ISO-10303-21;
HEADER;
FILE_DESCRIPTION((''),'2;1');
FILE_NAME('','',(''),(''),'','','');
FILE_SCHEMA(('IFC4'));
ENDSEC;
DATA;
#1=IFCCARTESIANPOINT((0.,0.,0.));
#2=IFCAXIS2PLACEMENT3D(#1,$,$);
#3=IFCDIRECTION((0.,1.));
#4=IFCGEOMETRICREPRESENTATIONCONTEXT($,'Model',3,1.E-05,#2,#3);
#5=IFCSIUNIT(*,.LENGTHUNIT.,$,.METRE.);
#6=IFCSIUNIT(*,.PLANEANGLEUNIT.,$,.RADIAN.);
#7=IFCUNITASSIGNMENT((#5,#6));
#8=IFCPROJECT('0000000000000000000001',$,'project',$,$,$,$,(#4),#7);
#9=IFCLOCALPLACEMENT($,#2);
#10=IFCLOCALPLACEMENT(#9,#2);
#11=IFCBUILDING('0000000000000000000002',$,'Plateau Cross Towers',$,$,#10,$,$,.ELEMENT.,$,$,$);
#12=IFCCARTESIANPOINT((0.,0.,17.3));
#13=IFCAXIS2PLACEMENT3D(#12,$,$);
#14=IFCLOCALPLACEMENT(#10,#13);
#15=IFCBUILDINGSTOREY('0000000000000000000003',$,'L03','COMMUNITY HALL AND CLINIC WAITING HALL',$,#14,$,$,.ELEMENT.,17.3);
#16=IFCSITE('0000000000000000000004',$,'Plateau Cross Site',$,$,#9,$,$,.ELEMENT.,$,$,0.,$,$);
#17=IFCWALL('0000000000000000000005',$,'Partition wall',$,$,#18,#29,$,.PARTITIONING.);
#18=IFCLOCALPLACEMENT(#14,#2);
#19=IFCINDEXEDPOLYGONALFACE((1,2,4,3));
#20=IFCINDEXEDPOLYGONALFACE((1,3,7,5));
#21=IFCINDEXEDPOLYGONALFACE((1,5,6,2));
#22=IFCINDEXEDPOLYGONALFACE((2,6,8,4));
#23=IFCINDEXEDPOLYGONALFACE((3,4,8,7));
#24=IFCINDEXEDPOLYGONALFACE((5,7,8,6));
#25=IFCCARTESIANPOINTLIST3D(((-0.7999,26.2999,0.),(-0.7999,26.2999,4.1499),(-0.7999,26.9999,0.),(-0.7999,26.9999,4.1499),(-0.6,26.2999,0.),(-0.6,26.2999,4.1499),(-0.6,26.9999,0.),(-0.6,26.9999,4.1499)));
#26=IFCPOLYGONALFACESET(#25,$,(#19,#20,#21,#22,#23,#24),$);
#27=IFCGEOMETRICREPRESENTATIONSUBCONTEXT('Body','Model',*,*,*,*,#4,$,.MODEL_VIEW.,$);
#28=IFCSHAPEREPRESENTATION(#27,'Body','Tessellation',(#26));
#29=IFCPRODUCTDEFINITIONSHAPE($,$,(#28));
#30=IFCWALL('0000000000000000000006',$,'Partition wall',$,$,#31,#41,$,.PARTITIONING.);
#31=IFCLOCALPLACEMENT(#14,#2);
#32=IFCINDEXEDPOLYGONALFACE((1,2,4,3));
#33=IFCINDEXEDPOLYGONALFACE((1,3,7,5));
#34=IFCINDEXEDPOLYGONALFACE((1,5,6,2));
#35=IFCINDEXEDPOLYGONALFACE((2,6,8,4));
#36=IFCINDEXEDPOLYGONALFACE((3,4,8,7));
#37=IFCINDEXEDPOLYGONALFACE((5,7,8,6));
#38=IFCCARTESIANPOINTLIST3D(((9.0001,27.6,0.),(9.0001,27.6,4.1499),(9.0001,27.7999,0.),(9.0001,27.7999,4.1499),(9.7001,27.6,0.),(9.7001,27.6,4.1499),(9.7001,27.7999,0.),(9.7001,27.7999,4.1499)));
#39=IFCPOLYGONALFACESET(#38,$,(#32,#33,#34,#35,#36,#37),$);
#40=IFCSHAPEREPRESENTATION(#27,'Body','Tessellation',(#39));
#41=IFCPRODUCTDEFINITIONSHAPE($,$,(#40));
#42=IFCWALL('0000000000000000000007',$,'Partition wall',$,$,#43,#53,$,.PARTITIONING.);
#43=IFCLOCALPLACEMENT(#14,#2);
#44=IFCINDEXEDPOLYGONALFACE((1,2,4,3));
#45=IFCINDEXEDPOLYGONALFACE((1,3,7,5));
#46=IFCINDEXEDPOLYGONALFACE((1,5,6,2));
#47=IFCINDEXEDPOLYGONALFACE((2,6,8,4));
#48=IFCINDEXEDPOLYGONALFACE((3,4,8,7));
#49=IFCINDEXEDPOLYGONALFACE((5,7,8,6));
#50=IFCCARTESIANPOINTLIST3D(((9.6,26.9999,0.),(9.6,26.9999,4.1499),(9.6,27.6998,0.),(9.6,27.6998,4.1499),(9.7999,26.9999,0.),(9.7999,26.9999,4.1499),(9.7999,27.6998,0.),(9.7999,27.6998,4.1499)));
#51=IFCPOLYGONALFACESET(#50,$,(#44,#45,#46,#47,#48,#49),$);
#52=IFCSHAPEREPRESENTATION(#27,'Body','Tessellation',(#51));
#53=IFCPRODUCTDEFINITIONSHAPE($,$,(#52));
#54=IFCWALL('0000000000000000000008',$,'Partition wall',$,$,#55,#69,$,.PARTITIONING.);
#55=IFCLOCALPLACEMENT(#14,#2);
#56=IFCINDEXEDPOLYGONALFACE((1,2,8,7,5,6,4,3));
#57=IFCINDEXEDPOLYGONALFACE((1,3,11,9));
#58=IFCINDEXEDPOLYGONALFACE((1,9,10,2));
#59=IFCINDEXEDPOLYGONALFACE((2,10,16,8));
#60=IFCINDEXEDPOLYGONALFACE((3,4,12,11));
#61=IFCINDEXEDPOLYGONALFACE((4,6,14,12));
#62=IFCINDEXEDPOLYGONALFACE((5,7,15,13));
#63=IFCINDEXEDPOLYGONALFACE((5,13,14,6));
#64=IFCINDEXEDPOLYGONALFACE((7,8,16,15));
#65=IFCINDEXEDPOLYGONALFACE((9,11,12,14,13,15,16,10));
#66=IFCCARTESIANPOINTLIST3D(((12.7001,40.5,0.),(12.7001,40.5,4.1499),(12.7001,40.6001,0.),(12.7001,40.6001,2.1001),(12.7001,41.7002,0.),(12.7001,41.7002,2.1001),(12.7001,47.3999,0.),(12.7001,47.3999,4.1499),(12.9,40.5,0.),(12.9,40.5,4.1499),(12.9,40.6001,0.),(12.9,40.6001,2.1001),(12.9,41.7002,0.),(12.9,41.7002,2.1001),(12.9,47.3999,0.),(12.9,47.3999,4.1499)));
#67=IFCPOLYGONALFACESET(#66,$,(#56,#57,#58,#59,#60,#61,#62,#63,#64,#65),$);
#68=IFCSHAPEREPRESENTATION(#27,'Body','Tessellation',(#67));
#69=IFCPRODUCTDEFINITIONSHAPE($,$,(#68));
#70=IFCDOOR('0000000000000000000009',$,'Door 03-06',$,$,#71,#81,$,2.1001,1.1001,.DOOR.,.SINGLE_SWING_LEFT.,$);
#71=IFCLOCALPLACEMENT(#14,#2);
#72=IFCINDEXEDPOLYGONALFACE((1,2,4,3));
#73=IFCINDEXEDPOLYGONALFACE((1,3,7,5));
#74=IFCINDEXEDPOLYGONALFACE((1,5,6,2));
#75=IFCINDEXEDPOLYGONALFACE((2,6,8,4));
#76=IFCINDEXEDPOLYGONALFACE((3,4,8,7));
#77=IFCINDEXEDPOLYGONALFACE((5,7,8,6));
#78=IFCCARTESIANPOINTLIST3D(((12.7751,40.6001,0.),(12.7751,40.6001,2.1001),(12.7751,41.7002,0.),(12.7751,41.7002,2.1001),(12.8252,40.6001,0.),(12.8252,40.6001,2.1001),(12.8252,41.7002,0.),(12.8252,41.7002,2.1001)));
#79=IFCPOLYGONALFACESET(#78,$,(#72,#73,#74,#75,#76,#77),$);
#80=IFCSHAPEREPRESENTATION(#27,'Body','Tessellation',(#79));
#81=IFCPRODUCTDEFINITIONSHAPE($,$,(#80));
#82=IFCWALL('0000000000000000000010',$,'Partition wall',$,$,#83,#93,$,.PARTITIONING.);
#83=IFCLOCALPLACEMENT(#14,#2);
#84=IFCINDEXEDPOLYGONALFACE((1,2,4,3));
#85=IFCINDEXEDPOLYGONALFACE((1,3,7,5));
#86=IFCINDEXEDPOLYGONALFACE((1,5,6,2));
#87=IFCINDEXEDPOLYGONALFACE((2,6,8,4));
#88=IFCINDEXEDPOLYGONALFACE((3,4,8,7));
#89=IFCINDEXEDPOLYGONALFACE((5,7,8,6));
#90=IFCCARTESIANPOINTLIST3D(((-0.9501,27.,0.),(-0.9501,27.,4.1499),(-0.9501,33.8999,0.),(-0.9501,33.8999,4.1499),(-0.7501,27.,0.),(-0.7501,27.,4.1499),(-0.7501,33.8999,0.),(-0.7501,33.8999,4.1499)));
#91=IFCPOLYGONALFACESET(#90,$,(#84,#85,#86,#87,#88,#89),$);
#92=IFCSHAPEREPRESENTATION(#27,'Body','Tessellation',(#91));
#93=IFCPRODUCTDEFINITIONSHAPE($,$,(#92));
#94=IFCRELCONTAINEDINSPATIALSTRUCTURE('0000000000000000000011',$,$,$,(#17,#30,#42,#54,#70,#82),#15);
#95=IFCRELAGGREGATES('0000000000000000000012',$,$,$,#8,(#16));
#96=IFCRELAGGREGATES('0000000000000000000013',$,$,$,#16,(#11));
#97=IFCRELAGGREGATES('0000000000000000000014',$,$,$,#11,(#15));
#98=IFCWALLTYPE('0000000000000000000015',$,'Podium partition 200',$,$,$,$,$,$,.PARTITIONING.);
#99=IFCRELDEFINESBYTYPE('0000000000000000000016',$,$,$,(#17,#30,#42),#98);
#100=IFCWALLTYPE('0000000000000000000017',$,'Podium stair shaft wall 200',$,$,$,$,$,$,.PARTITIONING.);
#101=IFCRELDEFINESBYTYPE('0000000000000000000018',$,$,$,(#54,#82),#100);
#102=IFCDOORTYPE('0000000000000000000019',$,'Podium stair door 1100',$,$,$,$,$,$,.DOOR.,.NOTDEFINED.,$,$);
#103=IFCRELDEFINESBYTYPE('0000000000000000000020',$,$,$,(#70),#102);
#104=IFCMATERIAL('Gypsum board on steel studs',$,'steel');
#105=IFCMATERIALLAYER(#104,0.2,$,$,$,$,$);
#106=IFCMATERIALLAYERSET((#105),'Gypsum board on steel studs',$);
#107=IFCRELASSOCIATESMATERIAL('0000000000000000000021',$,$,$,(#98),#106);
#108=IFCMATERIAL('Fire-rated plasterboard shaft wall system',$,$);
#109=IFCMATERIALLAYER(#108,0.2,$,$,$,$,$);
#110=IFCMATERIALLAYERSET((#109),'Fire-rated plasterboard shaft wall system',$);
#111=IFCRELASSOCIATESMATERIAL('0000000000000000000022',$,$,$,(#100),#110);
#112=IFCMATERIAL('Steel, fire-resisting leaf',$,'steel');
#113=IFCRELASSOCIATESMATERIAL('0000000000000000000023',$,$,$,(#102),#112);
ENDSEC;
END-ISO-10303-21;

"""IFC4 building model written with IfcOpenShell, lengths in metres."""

from ifc_helpers import new_model, si_unit, direction, frame, frame_2d, origin, place, context, subcontext, project, spatial, rectangle, extrude, material, layer, layer_set, type_object, element, fill, save


model = new_model("IFC4")

# Units and contexts
model_context = context("Model", 3, precision=1e-05, world=origin(), true_north=direction((0.0, 1.0)))
body_context = subcontext(model_context, "Body", "Model", "MODEL_VIEW")
ifc_project = project(units=[si_unit("LENGTHUNIT", "METRE"), si_unit("PLANEANGLEUNIT", "RADIAN")], contexts=[model_context])

# Site, building, storey
site_placement = place(None, origin())
site = spatial("IfcSite", under=ifc_project, at=site_placement, Name="Plateau Cross Site", CompositionType="ELEMENT", RefElevation=0.0)
building_placement = place(site_placement, origin())
building = spatial("IfcBuilding", under=site, at=building_placement, Name="Plateau Cross Towers", CompositionType="ELEMENT")
storey_placement = place(building_placement, frame((0.0, 0.0, 17.3)))
storey = spatial("IfcBuildingStorey", under=building, at=storey_placement, Name="L03", Description="COMMUNITY HALL AND CLINIC WAITING HALL", CompositionType="ELEMENT", Elevation=17.3)

# Shared definitions
ifc_material_1 = material(Name="Gypsum board on steel studs", Category="steel")
ifc_layer_1 = layer(ifc_material_1, 0.2)
ifc_layer_set_1 = layer_set([ifc_layer_1], Name="Gypsum board on steel studs")
wall_type_1 = type_object("IfcWallType", Name="Podium partition 200", PredefinedType="PARTITIONING", material=ifc_layer_set_1)

# Walls
for number, where, z_axis, x_axis, name in (
    (1, (-0.7, 27.0, 0.0), (0.0, 0.0, 1.0), (0.0, -1.0, 0.0), "Partition wall"),
    (2, (9.0, 27.7, 0.0), (0.0, 0.0, 1.0), (1.0, 0.0, 0.0), "Partition wall"),
    (3, (9.7, 27.7, 0.0), (0.0, 0.0, 1.0), (0.0, -1.0, 0.0), "Partition wall"),
):
    element("IfcWall", number, at=place(storey_placement, frame(where, z_axis=z_axis, x_axis=x_axis)), inside=storey, type_object=wall_type_1, Name=name, PredefinedType="PARTITIONING", context=body_context, shape_type="SweptSolid", body=[
        extrude(rectangle(XDim=0.7, YDim=0.2, at=frame_2d((0.3501, 0.0))), origin(), (0.0, 0.0, 1.0), 4.1499),
    ])

# Wall, opening, door
ifc_material_2 = material(Name="Fire-rated plasterboard shaft wall system")
ifc_layer_2 = layer(ifc_material_2, 0.2)
ifc_layer_set_2 = layer_set([ifc_layer_2], Name="Fire-rated plasterboard shaft wall system")
wall_type_2 = type_object("IfcWallType", Name="Podium stair shaft wall 200", PredefinedType="PARTITIONING", material=ifc_layer_set_2)
wall_1_placement = place(storey_placement, frame((12.8, 40.5, 0.0), z_axis=(0.0, 0.0, 1.0), x_axis=(0.0, 1.0, 0.0)))
wall_1 = element("IfcWall", 4, at=wall_1_placement, inside=storey, type_object=wall_type_2, Name="Partition wall", PredefinedType="PARTITIONING", context=body_context, shape_type="SweptSolid", body=[
    extrude(rectangle(XDim=6.8999, YDim=0.2, at=frame_2d((3.45, 0.0))), origin(), (0.0, 0.0, 1.0), 4.1499),
])
opening_1_placement = place(wall_1_placement, frame((0.1001, 0.0, 0.0)))
opening_1 = element("IfcOpeningElement", 5, at=opening_1_placement, cuts=wall_1, PredefinedType="OPENING", context=body_context, shape_type="SweptSolid", body=[
    extrude(rectangle(XDim=1.1001, YDim=2.1001, at=frame_2d((0.55, 1.05))), frame((0.0, 0.1099, 0.0), z_axis=(0.0, -1.0, 0.0), x_axis=(1.0, 0.0, 0.0)), (0.0, 0.0, 1.0), 0.22),
])
ifc_material_3 = material(Name="Steel, fire-resisting leaf", Category="steel")
door_type_1 = type_object("IfcDoorType", Name="Podium stair door 1100", OperationType="NOTDEFINED", PredefinedType="DOOR", material=ifc_material_3)
door_1_placement = place(opening_1_placement, origin())
door_1 = element("IfcDoor", 6, at=door_1_placement, inside=storey, type_object=door_type_1, Name="Door 03-06", OperationType="SINGLE_SWING_LEFT", OverallHeight=2.1001, OverallWidth=1.1001, PredefinedType="DOOR", context=body_context, shape_type="SweptSolid", body=[
    extrude(rectangle(XDim=1.1001, YDim=2.1001, at=frame_2d((0.55, 1.05))), frame((0.0, 0.0249, 0.0), z_axis=(0.0, -1.0, 0.0), x_axis=(1.0, 0.0, 0.0)), (0.0, 0.0, 1.0), 0.05),
])
fill(opening_1, door_1)

# Wall
wall_2_placement = place(storey_placement, frame((-0.8501, 33.8999, 0.0), z_axis=(0.0, 0.0, 1.0), x_axis=(0.0, -1.0, 0.0)))
element("IfcWall", 7, at=wall_2_placement, inside=storey, type_object=wall_type_2, Name="Partition wall", PredefinedType="PARTITIONING", context=body_context, shape_type="SweptSolid", body=[
    extrude(rectangle(XDim=6.8999, YDim=0.2, at=frame_2d((3.45, 0.0))), origin(), (0.0, 0.0, 1.0), 4.1499),
])

save(model, "model.ifc")
